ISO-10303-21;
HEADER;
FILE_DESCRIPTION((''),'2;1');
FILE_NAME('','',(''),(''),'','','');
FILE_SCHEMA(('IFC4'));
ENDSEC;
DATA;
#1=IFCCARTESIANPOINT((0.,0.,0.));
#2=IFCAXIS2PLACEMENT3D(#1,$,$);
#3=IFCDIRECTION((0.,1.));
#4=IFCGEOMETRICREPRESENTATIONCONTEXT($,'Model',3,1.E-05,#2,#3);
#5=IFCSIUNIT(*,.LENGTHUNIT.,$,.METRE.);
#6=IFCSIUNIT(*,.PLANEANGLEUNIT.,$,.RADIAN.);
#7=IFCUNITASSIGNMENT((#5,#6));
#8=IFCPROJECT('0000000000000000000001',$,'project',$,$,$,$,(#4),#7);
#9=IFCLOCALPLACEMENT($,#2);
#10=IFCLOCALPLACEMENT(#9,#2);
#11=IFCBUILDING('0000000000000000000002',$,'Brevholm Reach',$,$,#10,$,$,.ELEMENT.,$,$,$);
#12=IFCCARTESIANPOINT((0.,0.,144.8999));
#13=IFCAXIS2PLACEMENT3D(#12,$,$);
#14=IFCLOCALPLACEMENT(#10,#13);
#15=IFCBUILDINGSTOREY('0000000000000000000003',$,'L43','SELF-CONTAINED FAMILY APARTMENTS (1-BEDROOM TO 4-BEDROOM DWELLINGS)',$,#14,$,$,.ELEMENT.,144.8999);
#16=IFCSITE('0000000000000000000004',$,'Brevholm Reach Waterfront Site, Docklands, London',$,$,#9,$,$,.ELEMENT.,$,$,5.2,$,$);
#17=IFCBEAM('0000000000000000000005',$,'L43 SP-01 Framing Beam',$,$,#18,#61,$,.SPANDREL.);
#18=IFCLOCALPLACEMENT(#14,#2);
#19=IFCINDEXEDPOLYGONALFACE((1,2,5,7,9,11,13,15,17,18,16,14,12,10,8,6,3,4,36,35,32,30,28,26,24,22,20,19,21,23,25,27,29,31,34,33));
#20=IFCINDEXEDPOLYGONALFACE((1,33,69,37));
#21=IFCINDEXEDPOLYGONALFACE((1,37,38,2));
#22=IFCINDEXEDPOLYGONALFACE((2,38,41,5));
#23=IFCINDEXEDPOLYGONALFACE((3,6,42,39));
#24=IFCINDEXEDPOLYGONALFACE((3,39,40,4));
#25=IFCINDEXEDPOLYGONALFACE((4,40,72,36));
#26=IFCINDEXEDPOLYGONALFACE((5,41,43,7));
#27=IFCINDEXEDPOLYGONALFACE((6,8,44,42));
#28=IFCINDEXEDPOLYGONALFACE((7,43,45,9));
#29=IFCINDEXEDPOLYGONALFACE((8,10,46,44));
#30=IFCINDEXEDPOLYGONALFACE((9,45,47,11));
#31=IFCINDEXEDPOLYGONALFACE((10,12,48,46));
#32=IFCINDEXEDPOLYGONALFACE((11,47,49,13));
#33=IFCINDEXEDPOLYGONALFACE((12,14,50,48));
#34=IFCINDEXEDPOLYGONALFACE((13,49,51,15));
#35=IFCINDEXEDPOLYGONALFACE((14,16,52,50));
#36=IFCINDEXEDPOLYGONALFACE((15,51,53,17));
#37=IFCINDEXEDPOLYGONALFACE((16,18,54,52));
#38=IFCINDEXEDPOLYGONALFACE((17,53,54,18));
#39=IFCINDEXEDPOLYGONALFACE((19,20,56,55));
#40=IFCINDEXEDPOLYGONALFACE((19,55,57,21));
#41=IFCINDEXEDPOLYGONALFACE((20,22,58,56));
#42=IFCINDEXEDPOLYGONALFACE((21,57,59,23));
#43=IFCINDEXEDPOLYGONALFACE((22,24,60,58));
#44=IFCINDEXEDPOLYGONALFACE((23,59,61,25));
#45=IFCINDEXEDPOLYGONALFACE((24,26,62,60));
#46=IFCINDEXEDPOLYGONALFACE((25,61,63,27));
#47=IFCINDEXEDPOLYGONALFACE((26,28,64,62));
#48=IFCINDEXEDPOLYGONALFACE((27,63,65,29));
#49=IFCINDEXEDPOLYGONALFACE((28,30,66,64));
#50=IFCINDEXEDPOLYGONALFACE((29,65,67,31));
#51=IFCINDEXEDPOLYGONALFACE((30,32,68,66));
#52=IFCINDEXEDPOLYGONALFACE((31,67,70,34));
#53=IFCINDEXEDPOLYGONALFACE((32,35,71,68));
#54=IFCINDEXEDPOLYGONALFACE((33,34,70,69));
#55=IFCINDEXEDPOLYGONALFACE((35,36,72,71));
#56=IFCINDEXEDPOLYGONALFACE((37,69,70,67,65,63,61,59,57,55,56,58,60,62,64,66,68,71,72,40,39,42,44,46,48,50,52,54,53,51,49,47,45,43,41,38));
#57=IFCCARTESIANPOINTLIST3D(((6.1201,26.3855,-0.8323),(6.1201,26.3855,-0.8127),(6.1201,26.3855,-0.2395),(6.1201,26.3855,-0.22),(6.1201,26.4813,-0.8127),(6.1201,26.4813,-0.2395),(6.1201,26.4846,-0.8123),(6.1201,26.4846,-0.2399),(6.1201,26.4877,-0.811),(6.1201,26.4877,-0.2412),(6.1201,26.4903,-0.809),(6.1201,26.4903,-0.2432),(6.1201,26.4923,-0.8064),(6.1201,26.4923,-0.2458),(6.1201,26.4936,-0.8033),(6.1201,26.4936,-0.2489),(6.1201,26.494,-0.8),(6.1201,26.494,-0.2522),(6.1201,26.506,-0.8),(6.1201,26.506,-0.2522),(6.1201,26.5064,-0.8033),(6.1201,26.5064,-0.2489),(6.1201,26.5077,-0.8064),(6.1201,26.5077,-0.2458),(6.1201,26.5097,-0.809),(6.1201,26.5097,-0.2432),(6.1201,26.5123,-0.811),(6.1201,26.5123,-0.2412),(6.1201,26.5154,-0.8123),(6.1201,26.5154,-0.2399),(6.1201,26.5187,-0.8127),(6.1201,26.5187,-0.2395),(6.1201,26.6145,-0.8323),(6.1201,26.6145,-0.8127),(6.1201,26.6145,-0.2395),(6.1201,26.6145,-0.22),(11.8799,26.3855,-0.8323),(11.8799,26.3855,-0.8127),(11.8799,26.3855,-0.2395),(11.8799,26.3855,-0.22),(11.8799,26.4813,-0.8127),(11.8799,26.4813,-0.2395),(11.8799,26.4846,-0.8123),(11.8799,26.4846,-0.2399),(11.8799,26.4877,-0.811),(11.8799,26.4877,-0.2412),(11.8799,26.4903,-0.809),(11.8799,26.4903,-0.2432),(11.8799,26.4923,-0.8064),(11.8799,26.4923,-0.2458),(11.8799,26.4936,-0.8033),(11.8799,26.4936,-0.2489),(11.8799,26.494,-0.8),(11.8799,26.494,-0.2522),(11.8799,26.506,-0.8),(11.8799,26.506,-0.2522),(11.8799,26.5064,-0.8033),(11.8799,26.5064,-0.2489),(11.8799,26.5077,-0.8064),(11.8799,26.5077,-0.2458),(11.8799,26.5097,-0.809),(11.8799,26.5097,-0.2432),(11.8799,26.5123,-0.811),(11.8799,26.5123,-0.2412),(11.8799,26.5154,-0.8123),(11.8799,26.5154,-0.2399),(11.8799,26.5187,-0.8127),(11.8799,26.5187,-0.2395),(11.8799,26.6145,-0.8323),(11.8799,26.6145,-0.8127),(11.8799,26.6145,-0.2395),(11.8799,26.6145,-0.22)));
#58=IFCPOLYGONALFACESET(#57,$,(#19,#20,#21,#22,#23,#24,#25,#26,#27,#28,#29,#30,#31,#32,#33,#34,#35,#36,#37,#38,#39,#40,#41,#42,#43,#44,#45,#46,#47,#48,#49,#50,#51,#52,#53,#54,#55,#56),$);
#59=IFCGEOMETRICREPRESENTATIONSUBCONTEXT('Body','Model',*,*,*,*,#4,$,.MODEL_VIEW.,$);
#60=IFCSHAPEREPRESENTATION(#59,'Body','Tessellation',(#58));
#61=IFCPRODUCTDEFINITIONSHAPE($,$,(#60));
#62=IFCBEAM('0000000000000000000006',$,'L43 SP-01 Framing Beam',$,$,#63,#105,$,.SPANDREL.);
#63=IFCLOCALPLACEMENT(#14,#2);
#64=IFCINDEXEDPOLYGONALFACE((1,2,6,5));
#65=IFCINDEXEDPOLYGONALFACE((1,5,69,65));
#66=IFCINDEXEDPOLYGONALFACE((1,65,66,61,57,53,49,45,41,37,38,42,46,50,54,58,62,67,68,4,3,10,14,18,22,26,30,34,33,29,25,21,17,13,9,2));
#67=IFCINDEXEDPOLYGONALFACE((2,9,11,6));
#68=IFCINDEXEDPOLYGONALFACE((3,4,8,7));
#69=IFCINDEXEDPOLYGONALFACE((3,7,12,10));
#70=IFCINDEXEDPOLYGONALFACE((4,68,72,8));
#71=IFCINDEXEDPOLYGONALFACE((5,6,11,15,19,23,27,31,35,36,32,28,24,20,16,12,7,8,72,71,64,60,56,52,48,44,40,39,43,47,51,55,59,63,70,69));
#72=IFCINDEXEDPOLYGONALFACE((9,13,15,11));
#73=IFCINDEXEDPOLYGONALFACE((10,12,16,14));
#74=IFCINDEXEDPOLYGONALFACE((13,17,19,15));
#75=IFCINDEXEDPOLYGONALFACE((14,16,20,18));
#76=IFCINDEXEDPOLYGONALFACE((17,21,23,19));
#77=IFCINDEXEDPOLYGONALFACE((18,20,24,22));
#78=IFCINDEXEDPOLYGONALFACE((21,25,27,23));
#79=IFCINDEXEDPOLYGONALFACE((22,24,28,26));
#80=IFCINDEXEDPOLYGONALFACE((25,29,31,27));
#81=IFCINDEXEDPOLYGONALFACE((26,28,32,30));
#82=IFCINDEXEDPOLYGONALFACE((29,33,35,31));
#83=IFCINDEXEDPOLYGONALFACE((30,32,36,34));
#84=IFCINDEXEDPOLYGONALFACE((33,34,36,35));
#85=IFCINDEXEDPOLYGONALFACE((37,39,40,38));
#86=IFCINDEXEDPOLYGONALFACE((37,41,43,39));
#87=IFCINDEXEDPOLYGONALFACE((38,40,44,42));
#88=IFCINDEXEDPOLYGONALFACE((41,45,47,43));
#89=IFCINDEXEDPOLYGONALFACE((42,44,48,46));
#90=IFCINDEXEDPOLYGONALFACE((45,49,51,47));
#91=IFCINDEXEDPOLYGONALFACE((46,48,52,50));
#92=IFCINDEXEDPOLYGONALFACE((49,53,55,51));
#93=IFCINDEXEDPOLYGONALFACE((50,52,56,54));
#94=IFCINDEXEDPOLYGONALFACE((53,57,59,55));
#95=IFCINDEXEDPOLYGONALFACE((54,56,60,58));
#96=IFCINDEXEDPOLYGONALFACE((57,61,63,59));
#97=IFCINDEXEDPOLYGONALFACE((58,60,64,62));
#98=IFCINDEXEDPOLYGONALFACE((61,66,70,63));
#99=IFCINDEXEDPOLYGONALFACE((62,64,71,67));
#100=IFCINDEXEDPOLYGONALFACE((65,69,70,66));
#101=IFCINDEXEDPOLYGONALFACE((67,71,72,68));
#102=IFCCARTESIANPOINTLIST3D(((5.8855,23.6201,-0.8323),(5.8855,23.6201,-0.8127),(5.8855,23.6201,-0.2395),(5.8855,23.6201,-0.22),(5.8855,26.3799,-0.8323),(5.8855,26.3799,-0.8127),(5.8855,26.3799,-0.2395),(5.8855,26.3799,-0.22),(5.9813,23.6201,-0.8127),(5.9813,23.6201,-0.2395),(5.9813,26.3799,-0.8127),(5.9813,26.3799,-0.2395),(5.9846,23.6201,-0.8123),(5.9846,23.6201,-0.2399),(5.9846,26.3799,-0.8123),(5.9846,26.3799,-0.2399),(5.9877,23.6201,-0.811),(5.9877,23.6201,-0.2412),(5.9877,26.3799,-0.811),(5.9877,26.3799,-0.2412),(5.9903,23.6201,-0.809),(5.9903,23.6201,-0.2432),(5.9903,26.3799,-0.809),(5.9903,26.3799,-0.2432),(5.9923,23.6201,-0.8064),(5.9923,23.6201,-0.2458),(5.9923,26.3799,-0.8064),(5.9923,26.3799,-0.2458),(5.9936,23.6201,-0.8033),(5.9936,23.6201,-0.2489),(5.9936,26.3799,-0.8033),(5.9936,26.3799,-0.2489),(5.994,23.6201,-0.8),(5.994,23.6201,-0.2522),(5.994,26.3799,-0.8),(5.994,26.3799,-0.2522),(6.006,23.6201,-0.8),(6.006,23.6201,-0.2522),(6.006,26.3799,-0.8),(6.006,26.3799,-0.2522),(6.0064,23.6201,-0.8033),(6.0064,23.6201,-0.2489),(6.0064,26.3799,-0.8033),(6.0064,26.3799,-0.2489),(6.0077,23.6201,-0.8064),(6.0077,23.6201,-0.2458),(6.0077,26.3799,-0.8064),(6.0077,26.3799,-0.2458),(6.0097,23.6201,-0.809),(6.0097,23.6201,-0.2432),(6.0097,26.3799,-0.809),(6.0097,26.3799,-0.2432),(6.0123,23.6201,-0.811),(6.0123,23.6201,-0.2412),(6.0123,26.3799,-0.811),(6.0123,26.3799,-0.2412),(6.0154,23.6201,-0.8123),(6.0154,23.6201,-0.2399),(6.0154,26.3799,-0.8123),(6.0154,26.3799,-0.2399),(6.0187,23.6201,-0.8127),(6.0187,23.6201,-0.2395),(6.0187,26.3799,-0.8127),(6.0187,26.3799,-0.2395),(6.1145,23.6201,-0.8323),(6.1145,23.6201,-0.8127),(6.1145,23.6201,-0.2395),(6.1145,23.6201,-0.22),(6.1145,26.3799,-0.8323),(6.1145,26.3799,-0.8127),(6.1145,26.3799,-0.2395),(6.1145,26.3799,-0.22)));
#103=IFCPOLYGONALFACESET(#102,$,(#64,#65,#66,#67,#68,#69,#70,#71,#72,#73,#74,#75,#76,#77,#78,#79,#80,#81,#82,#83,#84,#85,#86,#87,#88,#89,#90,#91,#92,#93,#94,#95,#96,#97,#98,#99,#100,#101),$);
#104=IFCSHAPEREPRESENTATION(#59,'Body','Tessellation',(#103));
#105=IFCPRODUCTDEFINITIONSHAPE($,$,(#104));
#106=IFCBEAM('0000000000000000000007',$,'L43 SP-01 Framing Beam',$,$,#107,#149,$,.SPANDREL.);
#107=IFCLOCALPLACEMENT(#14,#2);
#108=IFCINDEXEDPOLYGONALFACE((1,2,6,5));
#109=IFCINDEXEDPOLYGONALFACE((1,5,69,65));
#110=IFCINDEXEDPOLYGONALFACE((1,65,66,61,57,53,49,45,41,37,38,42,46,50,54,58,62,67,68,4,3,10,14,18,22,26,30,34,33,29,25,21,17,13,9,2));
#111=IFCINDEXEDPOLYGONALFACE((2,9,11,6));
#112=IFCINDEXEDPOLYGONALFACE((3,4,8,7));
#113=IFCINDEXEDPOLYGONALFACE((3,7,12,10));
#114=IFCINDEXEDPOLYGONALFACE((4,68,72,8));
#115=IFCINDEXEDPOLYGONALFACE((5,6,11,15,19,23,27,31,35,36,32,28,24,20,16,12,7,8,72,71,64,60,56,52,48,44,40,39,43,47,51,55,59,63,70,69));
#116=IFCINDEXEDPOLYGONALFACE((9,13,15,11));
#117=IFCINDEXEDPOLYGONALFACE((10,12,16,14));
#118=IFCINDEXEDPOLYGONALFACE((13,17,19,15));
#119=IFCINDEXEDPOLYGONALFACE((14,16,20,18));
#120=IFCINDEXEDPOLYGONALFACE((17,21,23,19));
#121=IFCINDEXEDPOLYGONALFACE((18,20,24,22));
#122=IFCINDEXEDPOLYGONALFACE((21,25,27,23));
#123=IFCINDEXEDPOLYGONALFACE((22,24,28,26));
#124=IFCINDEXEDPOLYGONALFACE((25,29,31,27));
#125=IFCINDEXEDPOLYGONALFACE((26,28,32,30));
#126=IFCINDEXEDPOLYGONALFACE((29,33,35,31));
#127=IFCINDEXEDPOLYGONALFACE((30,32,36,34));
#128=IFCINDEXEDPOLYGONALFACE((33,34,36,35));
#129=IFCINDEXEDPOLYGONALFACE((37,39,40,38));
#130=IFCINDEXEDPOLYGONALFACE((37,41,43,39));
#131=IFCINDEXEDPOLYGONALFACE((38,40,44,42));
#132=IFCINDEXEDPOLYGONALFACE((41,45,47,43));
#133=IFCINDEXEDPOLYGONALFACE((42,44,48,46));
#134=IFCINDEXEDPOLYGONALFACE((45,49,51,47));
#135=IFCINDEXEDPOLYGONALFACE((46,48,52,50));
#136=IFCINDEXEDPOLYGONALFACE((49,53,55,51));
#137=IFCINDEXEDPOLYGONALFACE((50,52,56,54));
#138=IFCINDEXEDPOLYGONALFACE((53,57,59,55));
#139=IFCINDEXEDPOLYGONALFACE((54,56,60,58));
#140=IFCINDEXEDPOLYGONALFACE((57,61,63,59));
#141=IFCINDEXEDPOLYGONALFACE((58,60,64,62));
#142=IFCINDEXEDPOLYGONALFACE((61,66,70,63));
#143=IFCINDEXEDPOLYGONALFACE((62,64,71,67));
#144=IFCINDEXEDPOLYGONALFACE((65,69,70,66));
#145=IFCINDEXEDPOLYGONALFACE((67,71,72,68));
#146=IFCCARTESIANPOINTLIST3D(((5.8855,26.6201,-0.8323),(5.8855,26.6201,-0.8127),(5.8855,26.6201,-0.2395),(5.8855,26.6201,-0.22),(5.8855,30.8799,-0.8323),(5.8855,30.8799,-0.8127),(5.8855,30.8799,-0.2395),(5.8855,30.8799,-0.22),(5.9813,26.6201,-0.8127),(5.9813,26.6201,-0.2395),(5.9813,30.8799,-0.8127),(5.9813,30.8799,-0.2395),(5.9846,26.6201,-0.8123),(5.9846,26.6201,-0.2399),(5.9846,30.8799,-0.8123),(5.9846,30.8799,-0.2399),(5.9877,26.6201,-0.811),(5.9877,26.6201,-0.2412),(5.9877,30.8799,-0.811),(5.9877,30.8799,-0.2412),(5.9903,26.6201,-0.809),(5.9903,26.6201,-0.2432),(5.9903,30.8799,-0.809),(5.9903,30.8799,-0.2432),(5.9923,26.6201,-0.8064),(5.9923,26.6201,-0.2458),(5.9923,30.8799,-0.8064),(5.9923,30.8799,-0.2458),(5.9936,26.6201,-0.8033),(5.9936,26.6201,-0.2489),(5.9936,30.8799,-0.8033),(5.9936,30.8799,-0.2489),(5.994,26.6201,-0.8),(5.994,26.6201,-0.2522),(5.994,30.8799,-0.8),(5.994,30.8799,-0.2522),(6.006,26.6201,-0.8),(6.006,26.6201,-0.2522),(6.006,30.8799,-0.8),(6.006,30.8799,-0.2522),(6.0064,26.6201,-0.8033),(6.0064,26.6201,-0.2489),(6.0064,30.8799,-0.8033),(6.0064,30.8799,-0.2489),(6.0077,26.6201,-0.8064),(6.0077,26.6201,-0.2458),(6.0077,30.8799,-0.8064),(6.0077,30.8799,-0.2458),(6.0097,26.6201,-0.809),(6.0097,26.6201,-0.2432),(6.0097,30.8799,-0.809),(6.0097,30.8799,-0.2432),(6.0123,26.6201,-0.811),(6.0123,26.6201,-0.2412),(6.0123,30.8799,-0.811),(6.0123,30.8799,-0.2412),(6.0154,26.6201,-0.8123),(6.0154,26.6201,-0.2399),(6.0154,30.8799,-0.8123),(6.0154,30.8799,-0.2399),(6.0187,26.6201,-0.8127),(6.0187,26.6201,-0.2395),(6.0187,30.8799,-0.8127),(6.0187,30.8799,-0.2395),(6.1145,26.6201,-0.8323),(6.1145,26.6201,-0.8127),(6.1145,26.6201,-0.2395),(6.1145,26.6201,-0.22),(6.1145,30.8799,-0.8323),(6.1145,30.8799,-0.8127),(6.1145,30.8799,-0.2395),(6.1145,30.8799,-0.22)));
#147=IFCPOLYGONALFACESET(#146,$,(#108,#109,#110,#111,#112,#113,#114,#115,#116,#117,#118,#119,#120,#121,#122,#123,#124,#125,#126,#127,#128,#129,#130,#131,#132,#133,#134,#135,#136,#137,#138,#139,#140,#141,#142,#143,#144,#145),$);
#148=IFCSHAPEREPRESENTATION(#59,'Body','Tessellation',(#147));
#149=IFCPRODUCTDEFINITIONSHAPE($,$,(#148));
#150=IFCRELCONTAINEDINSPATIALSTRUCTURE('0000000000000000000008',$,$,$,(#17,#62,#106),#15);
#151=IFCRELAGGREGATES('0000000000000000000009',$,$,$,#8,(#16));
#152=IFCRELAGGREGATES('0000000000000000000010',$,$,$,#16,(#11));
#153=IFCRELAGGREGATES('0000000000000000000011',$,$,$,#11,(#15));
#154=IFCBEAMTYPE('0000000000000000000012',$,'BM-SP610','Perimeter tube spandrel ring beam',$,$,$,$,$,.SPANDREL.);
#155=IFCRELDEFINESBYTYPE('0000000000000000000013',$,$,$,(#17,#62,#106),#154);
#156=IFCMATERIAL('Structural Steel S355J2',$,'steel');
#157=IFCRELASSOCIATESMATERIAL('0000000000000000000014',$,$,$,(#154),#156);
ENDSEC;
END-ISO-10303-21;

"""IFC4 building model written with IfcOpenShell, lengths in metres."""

from ifc_helpers import new_model, si_unit, direction, frame, origin, origin_2d, place, context, subcontext, project, spatial, i_section, extrude, material, material_profile, profile_set, type_object, element, save


model = new_model("IFC4")

# Units and contexts
model_context = context("Model", 3, precision=1e-05, world=origin(), true_north=direction((0.0, 1.0)))
body_context = subcontext(model_context, "Body", "Model", "MODEL_VIEW")
ifc_project = project(units=[si_unit("LENGTHUNIT", "METRE"), si_unit("PLANEANGLEUNIT", "RADIAN")], contexts=[model_context])

# Site, building, storey
site_placement = place(None, origin())
site = spatial("IfcSite", under=ifc_project, at=site_placement, Name="Brevholm Reach Waterfront Site, Docklands, London", CompositionType="ELEMENT", RefElevation=5.2)
building_placement = place(site_placement, origin())
building = spatial("IfcBuilding", under=site, at=building_placement, Name="Brevholm Reach", CompositionType="ELEMENT")
storey_placement = place(building_placement, frame((0.0, 0.0, 144.8999)))
storey = spatial("IfcBuildingStorey", under=building, at=storey_placement, Name="L43", Description="SELF-CONTAINED FAMILY APARTMENTS (1-BEDROOM TO 4-BEDROOM DWELLINGS)", CompositionType="ELEMENT", Elevation=144.8999)

# Beams
ifc_material_1 = material(Name="Structural Steel S355J2", Category="steel")
ifc_material_profile_1 = material_profile(ifc_material_1, i_section(OverallWidth=0.229, OverallDepth=0.6123, WebThickness=0.012, FlangeThickness=0.0195, FilletRadius=0.0127, at=origin_2d()), Name="UKB 610x229x125")
ifc_profile_set_1 = profile_set([ifc_material_profile_1], Name="Structural Steel S355J2")
beam_type_1 = type_object("IfcBeamType", Name="BM-SP610", Description="Perimeter tube spandrel ring beam", PredefinedType="SPANDREL", material=ifc_profile_set_1)
for number, where, z_axis, x_axis, name in (
    (1, (6.1201, 26.5, -0.5261), (1.0, 0.0, 0.0), (0.0, 1.0, 0.0), "L43 SP-01 Framing Beam"),
):
    element("IfcBeam", number, at=place(storey_placement, frame(where, z_axis=z_axis, x_axis=x_axis)), inside=storey, type_object=beam_type_1, Name=name, PredefinedType="SPANDREL", context=body_context, shape_type="SweptSolid", body=[
        extrude(i_section(OverallWidth=0.229, OverallDepth=0.6123, WebThickness=0.012, FlangeThickness=0.0195, FilletRadius=0.0127, at=origin_2d()), origin(), (0.0, 0.0, 1.0), 5.7598),
    ])
beam_1_placement = place(storey_placement, frame((6.0, 23.6201, -0.5261), z_axis=(0.0, 1.0, 0.0), x_axis=(-1.0, 0.0, 0.0)))
element("IfcBeam", 2, at=beam_1_placement, inside=storey, type_object=beam_type_1, Name="L43 SP-01 Framing Beam", PredefinedType="SPANDREL", context=body_context, shape_type="SweptSolid", body=[
    extrude(i_section(OverallWidth=0.229, OverallDepth=0.6123, WebThickness=0.012, FlangeThickness=0.0195, FilletRadius=0.0127, at=origin_2d()), origin(), (0.0, 0.0, 1.0), 2.7598),
])
beam_2_placement = place(storey_placement, frame((6.0, 26.6201, -0.5261), z_axis=(0.0, 1.0, 0.0), x_axis=(-1.0, 0.0, 0.0)))
element("IfcBeam", 3, at=beam_2_placement, inside=storey, type_object=beam_type_1, Name="L43 SP-01 Framing Beam", PredefinedType="SPANDREL", context=body_context, shape_type="SweptSolid", body=[
    extrude(i_section(OverallWidth=0.229, OverallDepth=0.6123, WebThickness=0.012, FlangeThickness=0.0195, FilletRadius=0.0127, at=origin_2d()), origin(), (0.0, 0.0, 1.0), 4.2598),
])

save(model, "model.ifc")
